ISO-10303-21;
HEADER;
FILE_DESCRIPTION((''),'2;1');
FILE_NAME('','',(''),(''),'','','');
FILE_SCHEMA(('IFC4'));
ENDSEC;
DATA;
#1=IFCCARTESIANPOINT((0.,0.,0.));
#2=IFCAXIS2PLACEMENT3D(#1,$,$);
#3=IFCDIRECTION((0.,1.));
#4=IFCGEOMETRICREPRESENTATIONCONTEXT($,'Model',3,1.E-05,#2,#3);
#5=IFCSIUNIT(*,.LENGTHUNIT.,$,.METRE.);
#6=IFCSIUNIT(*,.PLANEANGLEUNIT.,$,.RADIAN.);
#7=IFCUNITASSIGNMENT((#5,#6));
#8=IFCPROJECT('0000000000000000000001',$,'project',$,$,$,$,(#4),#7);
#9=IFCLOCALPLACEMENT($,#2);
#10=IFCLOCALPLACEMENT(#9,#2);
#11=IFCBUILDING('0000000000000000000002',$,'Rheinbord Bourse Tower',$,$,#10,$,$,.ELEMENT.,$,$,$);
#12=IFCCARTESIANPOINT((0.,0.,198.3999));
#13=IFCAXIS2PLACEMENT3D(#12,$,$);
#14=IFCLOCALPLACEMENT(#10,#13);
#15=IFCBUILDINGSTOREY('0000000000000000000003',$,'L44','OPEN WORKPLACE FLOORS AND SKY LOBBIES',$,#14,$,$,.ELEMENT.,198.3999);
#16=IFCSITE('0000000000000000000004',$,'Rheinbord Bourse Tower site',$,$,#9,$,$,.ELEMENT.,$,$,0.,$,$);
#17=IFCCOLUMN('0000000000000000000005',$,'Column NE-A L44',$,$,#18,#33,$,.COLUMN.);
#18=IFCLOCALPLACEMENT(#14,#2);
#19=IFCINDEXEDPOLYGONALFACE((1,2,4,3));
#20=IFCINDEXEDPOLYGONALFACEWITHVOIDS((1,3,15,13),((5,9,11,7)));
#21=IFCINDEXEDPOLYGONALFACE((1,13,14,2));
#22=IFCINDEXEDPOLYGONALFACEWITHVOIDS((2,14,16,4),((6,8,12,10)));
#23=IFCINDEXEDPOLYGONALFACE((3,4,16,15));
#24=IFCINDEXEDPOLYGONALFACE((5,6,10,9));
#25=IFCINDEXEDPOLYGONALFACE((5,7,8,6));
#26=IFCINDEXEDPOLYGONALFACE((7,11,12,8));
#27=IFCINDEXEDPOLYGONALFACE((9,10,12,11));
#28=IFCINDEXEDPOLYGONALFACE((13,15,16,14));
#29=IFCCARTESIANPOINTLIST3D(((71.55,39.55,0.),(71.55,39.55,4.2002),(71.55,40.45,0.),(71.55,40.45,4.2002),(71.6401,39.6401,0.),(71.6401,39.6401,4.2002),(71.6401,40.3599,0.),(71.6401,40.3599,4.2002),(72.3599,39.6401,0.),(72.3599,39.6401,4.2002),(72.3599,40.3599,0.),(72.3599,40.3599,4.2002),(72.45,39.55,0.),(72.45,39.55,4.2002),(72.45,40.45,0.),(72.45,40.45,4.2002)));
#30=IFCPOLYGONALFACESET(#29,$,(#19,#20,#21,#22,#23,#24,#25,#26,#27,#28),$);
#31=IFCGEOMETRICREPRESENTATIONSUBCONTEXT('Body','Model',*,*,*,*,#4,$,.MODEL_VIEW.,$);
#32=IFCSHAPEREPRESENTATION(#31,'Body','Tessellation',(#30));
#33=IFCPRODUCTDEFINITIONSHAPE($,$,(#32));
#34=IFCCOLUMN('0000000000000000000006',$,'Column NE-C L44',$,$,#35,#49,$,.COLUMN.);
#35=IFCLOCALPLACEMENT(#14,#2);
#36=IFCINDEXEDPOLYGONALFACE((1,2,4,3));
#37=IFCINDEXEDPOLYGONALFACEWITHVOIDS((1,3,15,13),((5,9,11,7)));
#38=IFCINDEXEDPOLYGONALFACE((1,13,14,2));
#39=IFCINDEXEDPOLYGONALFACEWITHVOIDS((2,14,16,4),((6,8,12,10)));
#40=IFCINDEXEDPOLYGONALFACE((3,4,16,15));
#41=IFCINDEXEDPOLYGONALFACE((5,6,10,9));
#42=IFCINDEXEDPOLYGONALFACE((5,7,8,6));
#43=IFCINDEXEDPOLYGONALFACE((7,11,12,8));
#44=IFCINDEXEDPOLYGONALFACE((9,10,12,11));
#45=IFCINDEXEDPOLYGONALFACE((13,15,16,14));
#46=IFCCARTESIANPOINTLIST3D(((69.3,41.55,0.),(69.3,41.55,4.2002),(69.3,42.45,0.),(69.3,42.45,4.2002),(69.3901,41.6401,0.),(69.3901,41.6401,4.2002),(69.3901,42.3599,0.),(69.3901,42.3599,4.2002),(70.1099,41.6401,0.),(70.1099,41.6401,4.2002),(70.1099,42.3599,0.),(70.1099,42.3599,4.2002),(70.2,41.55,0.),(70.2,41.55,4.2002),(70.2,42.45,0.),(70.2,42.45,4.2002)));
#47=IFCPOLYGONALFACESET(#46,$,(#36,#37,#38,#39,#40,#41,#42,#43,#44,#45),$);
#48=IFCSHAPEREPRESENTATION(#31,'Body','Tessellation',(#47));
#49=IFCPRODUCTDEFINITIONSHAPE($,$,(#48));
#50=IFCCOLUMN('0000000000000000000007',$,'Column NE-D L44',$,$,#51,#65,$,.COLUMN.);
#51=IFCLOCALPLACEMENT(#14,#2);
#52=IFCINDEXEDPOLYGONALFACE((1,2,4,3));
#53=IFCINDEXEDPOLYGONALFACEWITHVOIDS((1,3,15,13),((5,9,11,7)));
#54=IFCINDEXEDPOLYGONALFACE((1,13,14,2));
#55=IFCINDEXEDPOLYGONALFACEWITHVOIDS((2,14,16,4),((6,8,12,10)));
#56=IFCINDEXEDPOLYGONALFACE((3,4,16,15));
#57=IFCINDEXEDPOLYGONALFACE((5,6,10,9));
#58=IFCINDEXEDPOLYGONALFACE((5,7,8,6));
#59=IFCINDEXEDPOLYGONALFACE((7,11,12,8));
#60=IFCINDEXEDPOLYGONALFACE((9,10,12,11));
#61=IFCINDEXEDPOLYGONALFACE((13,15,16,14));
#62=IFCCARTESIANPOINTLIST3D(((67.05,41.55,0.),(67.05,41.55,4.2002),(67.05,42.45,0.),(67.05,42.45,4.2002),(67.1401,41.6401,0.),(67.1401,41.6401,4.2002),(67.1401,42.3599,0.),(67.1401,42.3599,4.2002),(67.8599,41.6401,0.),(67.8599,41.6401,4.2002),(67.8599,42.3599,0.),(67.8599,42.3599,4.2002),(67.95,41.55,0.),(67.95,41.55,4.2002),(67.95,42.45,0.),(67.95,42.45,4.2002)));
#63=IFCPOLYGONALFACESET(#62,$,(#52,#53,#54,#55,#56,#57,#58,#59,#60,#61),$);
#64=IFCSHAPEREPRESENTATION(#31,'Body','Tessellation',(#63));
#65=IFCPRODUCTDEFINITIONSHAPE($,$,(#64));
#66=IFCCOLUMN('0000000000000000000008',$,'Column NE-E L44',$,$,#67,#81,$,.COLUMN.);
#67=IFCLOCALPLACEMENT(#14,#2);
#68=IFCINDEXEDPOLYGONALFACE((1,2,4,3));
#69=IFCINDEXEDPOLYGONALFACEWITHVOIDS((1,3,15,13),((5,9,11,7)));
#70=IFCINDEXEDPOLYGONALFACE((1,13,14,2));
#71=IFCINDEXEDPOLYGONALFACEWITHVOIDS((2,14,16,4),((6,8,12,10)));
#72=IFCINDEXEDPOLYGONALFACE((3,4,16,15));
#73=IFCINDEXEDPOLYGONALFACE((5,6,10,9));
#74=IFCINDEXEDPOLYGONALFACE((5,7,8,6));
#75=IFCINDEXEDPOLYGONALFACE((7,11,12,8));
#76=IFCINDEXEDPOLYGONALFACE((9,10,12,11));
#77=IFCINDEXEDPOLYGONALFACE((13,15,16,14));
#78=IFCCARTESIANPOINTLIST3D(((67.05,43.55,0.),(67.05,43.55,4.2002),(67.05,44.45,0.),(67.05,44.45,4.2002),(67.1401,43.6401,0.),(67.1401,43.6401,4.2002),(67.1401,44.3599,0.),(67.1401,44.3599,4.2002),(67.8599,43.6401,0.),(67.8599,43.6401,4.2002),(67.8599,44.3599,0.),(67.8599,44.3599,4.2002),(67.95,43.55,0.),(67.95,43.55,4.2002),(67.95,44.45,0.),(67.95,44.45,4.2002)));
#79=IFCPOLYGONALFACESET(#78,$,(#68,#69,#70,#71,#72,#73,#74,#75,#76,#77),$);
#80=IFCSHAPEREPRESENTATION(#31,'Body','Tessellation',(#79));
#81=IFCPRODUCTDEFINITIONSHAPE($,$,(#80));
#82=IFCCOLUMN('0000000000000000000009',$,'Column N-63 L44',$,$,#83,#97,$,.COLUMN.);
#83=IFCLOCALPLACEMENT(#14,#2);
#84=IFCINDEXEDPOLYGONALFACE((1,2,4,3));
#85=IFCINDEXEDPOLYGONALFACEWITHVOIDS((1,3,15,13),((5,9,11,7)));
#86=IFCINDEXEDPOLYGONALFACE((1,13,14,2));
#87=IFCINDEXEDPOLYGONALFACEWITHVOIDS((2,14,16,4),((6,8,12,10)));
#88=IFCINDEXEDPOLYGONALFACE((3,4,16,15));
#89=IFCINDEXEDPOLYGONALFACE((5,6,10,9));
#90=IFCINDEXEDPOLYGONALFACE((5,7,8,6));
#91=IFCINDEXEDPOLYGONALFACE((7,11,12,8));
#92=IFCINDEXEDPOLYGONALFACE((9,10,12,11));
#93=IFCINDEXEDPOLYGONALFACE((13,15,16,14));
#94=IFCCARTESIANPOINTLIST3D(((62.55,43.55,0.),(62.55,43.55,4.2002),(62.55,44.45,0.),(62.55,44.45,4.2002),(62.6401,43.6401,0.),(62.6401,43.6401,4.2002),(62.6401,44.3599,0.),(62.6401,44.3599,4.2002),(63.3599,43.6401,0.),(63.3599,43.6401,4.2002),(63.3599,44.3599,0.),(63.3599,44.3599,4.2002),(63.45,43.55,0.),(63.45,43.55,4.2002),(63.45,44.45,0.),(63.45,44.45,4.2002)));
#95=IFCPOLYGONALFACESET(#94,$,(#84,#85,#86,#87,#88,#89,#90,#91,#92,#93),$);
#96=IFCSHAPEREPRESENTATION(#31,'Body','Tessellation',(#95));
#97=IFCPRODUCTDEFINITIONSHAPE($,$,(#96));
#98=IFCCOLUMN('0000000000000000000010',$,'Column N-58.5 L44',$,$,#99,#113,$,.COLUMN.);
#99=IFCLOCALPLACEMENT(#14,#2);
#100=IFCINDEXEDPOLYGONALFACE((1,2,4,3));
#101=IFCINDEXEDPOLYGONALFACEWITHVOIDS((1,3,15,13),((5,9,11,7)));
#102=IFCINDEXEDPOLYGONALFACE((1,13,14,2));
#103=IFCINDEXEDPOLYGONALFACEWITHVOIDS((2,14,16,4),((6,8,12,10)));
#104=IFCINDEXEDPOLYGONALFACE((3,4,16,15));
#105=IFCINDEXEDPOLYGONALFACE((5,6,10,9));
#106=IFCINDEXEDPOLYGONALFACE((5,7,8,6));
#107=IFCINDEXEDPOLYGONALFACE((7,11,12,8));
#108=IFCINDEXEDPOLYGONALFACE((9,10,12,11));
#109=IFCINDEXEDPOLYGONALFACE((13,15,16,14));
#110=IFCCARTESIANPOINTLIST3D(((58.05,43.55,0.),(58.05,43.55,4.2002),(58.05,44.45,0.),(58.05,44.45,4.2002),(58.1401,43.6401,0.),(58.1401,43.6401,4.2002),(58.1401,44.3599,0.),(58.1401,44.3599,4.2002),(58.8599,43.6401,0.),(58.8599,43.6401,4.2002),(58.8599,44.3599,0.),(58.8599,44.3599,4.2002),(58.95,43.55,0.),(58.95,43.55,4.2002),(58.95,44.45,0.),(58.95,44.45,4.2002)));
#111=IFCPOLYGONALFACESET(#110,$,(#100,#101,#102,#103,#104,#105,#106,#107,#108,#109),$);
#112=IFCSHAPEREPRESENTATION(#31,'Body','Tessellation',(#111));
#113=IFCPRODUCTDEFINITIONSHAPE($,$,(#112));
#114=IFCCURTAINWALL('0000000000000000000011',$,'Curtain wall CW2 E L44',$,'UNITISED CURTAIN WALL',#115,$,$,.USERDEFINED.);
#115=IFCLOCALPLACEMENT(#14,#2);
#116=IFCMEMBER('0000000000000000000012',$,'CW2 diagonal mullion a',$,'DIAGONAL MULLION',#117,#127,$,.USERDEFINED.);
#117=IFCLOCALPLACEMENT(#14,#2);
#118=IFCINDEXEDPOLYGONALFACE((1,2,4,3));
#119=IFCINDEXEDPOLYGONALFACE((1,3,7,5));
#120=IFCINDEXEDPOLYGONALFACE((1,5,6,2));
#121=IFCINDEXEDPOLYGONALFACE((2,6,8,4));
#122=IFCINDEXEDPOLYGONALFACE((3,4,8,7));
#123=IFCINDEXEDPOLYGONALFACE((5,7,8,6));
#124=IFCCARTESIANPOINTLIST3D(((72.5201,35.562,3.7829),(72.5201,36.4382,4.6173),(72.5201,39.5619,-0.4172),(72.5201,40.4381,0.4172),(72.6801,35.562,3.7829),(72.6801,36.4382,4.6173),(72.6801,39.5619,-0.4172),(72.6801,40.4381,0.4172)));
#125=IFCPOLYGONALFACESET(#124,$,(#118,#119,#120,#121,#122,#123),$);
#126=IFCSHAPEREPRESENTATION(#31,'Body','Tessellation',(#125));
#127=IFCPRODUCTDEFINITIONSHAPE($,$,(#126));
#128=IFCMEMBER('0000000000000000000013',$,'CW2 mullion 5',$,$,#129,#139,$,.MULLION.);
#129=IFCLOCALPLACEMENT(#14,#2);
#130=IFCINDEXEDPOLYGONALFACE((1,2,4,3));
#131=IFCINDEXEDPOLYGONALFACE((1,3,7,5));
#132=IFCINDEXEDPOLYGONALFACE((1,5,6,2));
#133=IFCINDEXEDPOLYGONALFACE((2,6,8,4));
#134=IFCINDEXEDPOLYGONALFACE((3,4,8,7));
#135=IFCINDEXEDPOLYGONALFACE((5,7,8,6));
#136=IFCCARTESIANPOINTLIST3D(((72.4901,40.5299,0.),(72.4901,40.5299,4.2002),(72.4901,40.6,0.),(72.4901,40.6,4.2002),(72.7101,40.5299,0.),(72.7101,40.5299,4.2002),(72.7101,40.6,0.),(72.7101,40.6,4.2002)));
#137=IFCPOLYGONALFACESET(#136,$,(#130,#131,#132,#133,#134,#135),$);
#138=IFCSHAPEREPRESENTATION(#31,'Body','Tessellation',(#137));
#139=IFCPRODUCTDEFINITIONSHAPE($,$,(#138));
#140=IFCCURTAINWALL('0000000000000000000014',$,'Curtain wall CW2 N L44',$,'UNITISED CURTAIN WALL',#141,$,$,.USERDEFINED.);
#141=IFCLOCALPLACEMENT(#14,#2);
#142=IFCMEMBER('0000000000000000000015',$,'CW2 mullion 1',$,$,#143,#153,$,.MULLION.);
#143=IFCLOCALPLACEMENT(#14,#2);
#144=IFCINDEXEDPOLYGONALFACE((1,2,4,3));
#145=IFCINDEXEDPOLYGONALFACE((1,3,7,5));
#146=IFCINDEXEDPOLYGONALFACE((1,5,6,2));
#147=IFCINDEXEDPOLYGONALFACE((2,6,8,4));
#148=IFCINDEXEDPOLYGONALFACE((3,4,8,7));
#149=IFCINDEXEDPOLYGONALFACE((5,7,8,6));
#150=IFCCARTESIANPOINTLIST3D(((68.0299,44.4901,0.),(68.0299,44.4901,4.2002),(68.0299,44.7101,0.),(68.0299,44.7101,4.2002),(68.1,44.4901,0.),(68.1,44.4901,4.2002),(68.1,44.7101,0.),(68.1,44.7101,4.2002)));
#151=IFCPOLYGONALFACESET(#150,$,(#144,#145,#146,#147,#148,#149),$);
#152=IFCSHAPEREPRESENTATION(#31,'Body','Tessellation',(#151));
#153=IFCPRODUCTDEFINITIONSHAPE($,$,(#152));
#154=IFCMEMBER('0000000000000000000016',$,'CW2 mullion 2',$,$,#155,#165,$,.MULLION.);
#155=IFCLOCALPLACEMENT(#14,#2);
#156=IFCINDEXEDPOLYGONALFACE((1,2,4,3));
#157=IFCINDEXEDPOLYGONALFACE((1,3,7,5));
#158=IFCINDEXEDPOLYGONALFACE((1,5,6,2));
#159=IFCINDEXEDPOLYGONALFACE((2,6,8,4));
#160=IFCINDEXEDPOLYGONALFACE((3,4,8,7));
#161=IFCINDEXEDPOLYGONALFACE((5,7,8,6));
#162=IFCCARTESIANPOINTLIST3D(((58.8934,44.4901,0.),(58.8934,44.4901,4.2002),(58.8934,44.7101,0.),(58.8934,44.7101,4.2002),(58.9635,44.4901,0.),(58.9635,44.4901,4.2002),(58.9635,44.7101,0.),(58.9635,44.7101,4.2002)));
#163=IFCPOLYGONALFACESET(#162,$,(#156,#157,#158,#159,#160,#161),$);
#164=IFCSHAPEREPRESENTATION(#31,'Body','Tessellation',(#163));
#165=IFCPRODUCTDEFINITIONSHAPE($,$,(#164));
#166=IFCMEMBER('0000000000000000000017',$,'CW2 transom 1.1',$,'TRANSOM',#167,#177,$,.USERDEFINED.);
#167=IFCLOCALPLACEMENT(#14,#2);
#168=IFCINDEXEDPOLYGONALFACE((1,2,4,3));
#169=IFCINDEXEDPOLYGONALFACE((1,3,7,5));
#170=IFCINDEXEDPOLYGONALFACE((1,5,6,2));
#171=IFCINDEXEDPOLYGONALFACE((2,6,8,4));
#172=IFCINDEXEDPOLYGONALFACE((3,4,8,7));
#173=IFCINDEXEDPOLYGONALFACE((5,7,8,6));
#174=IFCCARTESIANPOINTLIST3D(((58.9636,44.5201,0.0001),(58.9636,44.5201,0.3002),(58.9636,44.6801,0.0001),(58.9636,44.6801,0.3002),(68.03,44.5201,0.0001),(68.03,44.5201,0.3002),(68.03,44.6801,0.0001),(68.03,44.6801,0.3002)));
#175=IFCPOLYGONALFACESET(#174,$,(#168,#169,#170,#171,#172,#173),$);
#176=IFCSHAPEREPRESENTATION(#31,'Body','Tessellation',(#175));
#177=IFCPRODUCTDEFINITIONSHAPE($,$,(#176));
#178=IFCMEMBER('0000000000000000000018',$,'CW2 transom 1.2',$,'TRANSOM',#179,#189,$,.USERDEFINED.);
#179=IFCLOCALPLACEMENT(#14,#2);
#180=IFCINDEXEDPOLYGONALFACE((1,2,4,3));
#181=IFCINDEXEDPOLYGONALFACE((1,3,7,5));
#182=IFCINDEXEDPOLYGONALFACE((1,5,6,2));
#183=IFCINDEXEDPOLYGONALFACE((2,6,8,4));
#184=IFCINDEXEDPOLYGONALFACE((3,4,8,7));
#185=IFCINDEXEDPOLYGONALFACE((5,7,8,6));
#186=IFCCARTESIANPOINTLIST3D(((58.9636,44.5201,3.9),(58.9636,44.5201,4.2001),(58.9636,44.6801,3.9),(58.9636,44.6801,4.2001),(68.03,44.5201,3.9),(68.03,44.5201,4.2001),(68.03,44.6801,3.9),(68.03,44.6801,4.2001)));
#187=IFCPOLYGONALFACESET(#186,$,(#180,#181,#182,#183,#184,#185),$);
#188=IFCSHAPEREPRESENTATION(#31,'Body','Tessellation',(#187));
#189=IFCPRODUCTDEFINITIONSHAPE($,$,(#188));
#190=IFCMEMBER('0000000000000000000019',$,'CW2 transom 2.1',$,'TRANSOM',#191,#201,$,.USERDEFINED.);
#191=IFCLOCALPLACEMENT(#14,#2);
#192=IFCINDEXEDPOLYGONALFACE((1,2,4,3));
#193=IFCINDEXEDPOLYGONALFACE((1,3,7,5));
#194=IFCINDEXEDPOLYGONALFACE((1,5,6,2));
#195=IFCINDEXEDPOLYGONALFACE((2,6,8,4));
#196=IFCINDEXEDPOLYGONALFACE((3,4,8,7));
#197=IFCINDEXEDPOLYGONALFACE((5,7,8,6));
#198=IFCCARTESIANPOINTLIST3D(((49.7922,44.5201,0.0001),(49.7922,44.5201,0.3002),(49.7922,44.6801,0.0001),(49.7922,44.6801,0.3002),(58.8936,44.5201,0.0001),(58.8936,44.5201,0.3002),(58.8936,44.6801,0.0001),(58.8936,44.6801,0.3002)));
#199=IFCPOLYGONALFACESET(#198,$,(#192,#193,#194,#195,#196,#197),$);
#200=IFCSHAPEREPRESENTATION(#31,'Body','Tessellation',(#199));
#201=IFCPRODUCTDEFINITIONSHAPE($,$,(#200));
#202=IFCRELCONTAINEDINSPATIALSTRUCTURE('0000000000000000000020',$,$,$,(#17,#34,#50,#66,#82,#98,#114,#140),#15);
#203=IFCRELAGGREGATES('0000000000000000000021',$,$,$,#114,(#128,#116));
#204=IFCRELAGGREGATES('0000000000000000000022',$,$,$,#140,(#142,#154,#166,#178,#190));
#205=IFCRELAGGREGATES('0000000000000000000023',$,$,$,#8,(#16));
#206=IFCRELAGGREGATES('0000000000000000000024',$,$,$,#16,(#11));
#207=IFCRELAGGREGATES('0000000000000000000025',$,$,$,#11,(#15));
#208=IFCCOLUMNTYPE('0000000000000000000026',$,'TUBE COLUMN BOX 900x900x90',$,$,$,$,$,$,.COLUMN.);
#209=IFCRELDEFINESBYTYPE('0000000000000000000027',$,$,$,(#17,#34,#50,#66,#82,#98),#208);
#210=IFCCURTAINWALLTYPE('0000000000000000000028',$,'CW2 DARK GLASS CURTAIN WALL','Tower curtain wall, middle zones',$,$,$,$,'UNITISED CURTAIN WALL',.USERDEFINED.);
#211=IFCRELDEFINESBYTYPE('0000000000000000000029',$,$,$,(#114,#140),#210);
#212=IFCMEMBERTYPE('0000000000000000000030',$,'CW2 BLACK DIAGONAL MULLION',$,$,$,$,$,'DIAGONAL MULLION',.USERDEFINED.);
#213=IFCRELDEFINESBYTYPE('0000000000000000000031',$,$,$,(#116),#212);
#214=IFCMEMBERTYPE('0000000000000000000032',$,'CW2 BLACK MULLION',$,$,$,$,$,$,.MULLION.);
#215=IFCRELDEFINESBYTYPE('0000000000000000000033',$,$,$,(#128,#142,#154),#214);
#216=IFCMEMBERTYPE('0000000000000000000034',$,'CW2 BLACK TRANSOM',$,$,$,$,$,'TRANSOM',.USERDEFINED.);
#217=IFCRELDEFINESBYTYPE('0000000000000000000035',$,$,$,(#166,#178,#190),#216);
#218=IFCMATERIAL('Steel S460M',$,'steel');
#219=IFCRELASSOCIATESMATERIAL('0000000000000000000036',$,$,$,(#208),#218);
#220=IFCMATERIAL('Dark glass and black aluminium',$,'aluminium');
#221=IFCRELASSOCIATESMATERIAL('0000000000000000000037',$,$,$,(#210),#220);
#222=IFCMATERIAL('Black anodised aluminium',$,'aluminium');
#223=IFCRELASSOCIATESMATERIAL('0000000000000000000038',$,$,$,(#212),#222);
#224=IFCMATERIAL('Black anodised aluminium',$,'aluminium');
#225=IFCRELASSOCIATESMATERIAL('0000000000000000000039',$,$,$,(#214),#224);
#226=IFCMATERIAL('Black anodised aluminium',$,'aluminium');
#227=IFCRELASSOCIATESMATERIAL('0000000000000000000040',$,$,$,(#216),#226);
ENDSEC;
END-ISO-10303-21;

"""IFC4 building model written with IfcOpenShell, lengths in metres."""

from ifc_helpers import new_model, si_unit, direction, frame, origin, origin_2d, place, context, subcontext, project, spatial, rectangle, hollow_rectangle, extrude, material, material_profile, profile_set, type_object, element, aggregate, save


model = new_model("IFC4")

# Units and contexts
model_context = context("Model", 3, precision=1e-05, world=origin(), true_north=direction((0.0, 1.0)))
body_context = subcontext(model_context, "Body", "Model", "MODEL_VIEW")
ifc_project = project(units=[si_unit("LENGTHUNIT", "METRE"), si_unit("PLANEANGLEUNIT", "RADIAN")], contexts=[model_context])

# Site, building, storey
site_placement = place(None, origin())
site = spatial("IfcSite", under=ifc_project, at=site_placement, Name="Rheinbord Bourse Tower site", CompositionType="ELEMENT", RefElevation=0.0)
building_placement = place(site_placement, origin())
building = spatial("IfcBuilding", under=site, at=building_placement, Name="Rheinbord Bourse Tower", CompositionType="ELEMENT")
storey_placement = place(building_placement, frame((0.0, 0.0, 198.3999)))
storey = spatial("IfcBuildingStorey", under=building, at=storey_placement, Name="L44", Description="OPEN WORKPLACE FLOORS AND SKY LOBBIES", CompositionType="ELEMENT", Elevation=198.3999)

# Columns
ifc_material_1 = material(Name="Steel S460M", Category="steel")
ifc_material_profile_1 = material_profile(ifc_material_1, hollow_rectangle(XDim=0.8999, YDim=0.8999, WallThickness=0.0901, at=origin_2d()), Name="BOX 900x900x90")
ifc_profile_set_1 = profile_set([ifc_material_profile_1], Name="Steel S460M")
column_type = type_object("IfcColumnType", Name="TUBE COLUMN BOX 900x900x90", PredefinedType="COLUMN", material=ifc_profile_set_1)
for number, where, z_axis, x_axis, name in (
    (1, (72.0, 40.0, 0.0), (0.0, 0.0, 1.0), (1.0, 0.0, 0.0), "Column NE-A L44"),
    (2, (69.75, 42.0, 0.0), (0.0, 0.0, 1.0), (1.0, 0.0, 0.0), "Column NE-C L44"),
    (3, (67.5, 42.0, 0.0), (0.0, 0.0, 1.0), (0.0, 1.0, 0.0), "Column NE-D L44"),
    (4, (67.5, 44.0, 0.0), (0.0, 0.0, 1.0), (0.0, 1.0, 0.0), "Column NE-E L44"),
    (5, (63.0, 44.0, 0.0), (0.0, 0.0, 1.0), (0.0, 1.0, 0.0), "Column N-63 L44"),
    (6, (58.5, 44.0, 0.0), (0.0, 0.0, 1.0), (0.0, 1.0, 0.0), "Column N-58.5 L44"),
):
    element("IfcColumn", number, at=place(storey_placement, frame(where, z_axis=z_axis, x_axis=x_axis)), inside=storey, type_object=column_type, Name=name, PredefinedType="COLUMN", context=body_context, shape_type="SweptSolid", body=[
        extrude(hollow_rectangle(XDim=0.8999, YDim=0.8999, WallThickness=0.0901, at=origin_2d()), origin(), (0.0, 0.0, 1.0), 4.2002),
    ])

# Curtain walls, members
ifc_material_2 = material(Name="Dark glass and black aluminium", Category="aluminium")
curtain_wall_type = type_object("IfcCurtainWallType", Name="CW2 DARK GLASS CURTAIN WALL", Description="Tower curtain wall, middle zones", ElementType="UNITISED CURTAIN WALL", PredefinedType="USERDEFINED", material=ifc_material_2)
curtain_wall_1_placement = place(storey_placement, origin())
curtain_wall_1 = element("IfcCurtainWall", 7, at=curtain_wall_1_placement, inside=storey, type_object=curtain_wall_type, Name="Curtain wall CW2 E L44", ObjectType="UNITISED CURTAIN WALL", PredefinedType="USERDEFINED")
ifc_material_3 = material(Name="Black anodised aluminium", Category="aluminium")
ifc_material_profile_2 = material_profile(ifc_material_3, rectangle(XDim=0.1599, YDim=1.21, at=origin_2d()), Name="CW2 DIAGONAL MULLION 1210x160")
ifc_profile_set_2 = profile_set([ifc_material_profile_2], Name="Black anodised aluminium")
member_type_1 = type_object("IfcMemberType", Name="CW2 BLACK DIAGONAL MULLION", ElementType="DIAGONAL MULLION", PredefinedType="USERDEFINED", material=ifc_profile_set_2)
member_1_placement = place(storey_placement, frame((72.6001, 40.0, 0.0), z_axis=(0.0, -0.689638, 0.724154), x_axis=(1.0, 0.0, 0.0)))
member_1 = element("IfcMember", 8, at=member_1_placement, type_object=member_type_1, Name="CW2 diagonal mullion a", ObjectType="DIAGONAL MULLION", PredefinedType="USERDEFINED", context=body_context, shape_type="SweptSolid", body=[
    extrude(rectangle(XDim=0.1599, YDim=1.21, at=origin_2d()), origin(), (0.0, 0.0, 1.0), 5.8),
])
ifc_material_4 = material(Name="Black anodised aluminium", Category="aluminium")
ifc_material_profile_3 = material_profile(ifc_material_4, rectangle(XDim=0.22, YDim=0.0701, at=origin_2d()), Name="CW2 MULLION 70x220")
ifc_profile_set_3 = profile_set([ifc_material_profile_3], Name="Black anodised aluminium")
member_type_2 = type_object("IfcMemberType", Name="CW2 BLACK MULLION", PredefinedType="MULLION", material=ifc_profile_set_3)
member_2_placement = place(storey_placement, frame((72.6001, 40.5649, 0.0), z_axis=(0.0, 0.0, 1.0), x_axis=(-1.0, 0.0, 0.0)))
member_2 = element("IfcMember", 9, at=member_2_placement, type_object=member_type_2, Name="CW2 mullion 5", PredefinedType="MULLION", context=body_context, shape_type="SweptSolid", body=[
    extrude(rectangle(XDim=0.22, YDim=0.0701, at=origin_2d()), origin(), (0.0, 0.0, 1.0), 4.2002),
])
curtain_wall_2_placement = place(storey_placement, origin())
curtain_wall_2 = element("IfcCurtainWall", 10, at=curtain_wall_2_placement, inside=storey, type_object=curtain_wall_type, Name="Curtain wall CW2 N L44", ObjectType="UNITISED CURTAIN WALL", PredefinedType="USERDEFINED")
member_3_placement = place(storey_placement, frame((68.0649, 44.6001, 0.0), z_axis=(0.0, 0.0, 1.0), x_axis=(0.0, -1.0, 0.0)))
member_3 = element("IfcMember", 11, at=member_3_placement, type_object=member_type_2, Name="CW2 mullion 1", PredefinedType="MULLION", context=body_context, shape_type="SweptSolid", body=[
    extrude(rectangle(XDim=0.22, YDim=0.0701, at=origin_2d()), origin(), (0.0, 0.0, 1.0), 4.2002),
])
member_4_placement = place(storey_placement, frame((58.9285, 44.6001, 0.0), z_axis=(0.0, 0.0, 1.0), x_axis=(0.0, -1.0, 0.0)))
member_4 = element("IfcMember", 12, at=member_4_placement, type_object=member_type_2, Name="CW2 mullion 2", PredefinedType="MULLION", context=body_context, shape_type="SweptSolid", body=[
    extrude(rectangle(XDim=0.22, YDim=0.0701, at=origin_2d()), origin(), (0.0, 0.0, 1.0), 4.2002),
])
ifc_material_5 = material(Name="Black anodised aluminium", Category="aluminium")
ifc_material_profile_4 = material_profile(ifc_material_5, rectangle(XDim=0.1599, YDim=0.3, at=origin_2d()), Name="CW2 TRANSOM 300x160")
ifc_profile_set_4 = profile_set([ifc_material_profile_4], Name="Black anodised aluminium")
member_type_3 = type_object("IfcMemberType", Name="CW2 BLACK TRANSOM", ElementType="TRANSOM", PredefinedType="USERDEFINED", material=ifc_profile_set_4)
member_5_placement = place(storey_placement, frame((68.03, 44.6001, 0.1501), z_axis=(-1.0, 0.0, 0.0), x_axis=(0.0, -1.0, 0.0)))
member_5 = element("IfcMember", 13, at=member_5_placement, type_object=member_type_3, Name="CW2 transom 1.1", ObjectType="TRANSOM", PredefinedType="USERDEFINED", context=body_context, shape_type="SweptSolid", body=[
    extrude(rectangle(XDim=0.1599, YDim=0.3, at=origin_2d()), origin(), (0.0, 0.0, 1.0), 9.0664),
])
member_6_placement = place(storey_placement, frame((68.03, 44.6001, 4.05), z_axis=(-1.0, 0.0, 0.0), x_axis=(0.0, -1.0, 0.0)))
member_6 = element("IfcMember", 14, at=member_6_placement, type_object=member_type_3, Name="CW2 transom 1.2", ObjectType="TRANSOM", PredefinedType="USERDEFINED", context=body_context, shape_type="SweptSolid", body=[
    extrude(rectangle(XDim=0.1599, YDim=0.3, at=origin_2d()), origin(), (0.0, 0.0, 1.0), 9.0664),
])
member_7_placement = place(storey_placement, frame((58.8936, 44.6001, 0.1501), z_axis=(-1.0, 0.0, 0.0), x_axis=(0.0, -1.0, 0.0)))
member_7 = element("IfcMember", 15, at=member_7_placement, type_object=member_type_3, Name="CW2 transom 2.1", ObjectType="TRANSOM", PredefinedType="USERDEFINED", context=body_context, shape_type="SweptSolid", body=[
    extrude(rectangle(XDim=0.1599, YDim=0.3, at=origin_2d()), origin(), (0.0, 0.0, 1.0), 9.1013),
])

aggregate(curtain_wall_1, [member_2, member_1])
aggregate(curtain_wall_2, [member_3, member_4, member_5, member_6, member_7])

save(model, "model.ifc")
